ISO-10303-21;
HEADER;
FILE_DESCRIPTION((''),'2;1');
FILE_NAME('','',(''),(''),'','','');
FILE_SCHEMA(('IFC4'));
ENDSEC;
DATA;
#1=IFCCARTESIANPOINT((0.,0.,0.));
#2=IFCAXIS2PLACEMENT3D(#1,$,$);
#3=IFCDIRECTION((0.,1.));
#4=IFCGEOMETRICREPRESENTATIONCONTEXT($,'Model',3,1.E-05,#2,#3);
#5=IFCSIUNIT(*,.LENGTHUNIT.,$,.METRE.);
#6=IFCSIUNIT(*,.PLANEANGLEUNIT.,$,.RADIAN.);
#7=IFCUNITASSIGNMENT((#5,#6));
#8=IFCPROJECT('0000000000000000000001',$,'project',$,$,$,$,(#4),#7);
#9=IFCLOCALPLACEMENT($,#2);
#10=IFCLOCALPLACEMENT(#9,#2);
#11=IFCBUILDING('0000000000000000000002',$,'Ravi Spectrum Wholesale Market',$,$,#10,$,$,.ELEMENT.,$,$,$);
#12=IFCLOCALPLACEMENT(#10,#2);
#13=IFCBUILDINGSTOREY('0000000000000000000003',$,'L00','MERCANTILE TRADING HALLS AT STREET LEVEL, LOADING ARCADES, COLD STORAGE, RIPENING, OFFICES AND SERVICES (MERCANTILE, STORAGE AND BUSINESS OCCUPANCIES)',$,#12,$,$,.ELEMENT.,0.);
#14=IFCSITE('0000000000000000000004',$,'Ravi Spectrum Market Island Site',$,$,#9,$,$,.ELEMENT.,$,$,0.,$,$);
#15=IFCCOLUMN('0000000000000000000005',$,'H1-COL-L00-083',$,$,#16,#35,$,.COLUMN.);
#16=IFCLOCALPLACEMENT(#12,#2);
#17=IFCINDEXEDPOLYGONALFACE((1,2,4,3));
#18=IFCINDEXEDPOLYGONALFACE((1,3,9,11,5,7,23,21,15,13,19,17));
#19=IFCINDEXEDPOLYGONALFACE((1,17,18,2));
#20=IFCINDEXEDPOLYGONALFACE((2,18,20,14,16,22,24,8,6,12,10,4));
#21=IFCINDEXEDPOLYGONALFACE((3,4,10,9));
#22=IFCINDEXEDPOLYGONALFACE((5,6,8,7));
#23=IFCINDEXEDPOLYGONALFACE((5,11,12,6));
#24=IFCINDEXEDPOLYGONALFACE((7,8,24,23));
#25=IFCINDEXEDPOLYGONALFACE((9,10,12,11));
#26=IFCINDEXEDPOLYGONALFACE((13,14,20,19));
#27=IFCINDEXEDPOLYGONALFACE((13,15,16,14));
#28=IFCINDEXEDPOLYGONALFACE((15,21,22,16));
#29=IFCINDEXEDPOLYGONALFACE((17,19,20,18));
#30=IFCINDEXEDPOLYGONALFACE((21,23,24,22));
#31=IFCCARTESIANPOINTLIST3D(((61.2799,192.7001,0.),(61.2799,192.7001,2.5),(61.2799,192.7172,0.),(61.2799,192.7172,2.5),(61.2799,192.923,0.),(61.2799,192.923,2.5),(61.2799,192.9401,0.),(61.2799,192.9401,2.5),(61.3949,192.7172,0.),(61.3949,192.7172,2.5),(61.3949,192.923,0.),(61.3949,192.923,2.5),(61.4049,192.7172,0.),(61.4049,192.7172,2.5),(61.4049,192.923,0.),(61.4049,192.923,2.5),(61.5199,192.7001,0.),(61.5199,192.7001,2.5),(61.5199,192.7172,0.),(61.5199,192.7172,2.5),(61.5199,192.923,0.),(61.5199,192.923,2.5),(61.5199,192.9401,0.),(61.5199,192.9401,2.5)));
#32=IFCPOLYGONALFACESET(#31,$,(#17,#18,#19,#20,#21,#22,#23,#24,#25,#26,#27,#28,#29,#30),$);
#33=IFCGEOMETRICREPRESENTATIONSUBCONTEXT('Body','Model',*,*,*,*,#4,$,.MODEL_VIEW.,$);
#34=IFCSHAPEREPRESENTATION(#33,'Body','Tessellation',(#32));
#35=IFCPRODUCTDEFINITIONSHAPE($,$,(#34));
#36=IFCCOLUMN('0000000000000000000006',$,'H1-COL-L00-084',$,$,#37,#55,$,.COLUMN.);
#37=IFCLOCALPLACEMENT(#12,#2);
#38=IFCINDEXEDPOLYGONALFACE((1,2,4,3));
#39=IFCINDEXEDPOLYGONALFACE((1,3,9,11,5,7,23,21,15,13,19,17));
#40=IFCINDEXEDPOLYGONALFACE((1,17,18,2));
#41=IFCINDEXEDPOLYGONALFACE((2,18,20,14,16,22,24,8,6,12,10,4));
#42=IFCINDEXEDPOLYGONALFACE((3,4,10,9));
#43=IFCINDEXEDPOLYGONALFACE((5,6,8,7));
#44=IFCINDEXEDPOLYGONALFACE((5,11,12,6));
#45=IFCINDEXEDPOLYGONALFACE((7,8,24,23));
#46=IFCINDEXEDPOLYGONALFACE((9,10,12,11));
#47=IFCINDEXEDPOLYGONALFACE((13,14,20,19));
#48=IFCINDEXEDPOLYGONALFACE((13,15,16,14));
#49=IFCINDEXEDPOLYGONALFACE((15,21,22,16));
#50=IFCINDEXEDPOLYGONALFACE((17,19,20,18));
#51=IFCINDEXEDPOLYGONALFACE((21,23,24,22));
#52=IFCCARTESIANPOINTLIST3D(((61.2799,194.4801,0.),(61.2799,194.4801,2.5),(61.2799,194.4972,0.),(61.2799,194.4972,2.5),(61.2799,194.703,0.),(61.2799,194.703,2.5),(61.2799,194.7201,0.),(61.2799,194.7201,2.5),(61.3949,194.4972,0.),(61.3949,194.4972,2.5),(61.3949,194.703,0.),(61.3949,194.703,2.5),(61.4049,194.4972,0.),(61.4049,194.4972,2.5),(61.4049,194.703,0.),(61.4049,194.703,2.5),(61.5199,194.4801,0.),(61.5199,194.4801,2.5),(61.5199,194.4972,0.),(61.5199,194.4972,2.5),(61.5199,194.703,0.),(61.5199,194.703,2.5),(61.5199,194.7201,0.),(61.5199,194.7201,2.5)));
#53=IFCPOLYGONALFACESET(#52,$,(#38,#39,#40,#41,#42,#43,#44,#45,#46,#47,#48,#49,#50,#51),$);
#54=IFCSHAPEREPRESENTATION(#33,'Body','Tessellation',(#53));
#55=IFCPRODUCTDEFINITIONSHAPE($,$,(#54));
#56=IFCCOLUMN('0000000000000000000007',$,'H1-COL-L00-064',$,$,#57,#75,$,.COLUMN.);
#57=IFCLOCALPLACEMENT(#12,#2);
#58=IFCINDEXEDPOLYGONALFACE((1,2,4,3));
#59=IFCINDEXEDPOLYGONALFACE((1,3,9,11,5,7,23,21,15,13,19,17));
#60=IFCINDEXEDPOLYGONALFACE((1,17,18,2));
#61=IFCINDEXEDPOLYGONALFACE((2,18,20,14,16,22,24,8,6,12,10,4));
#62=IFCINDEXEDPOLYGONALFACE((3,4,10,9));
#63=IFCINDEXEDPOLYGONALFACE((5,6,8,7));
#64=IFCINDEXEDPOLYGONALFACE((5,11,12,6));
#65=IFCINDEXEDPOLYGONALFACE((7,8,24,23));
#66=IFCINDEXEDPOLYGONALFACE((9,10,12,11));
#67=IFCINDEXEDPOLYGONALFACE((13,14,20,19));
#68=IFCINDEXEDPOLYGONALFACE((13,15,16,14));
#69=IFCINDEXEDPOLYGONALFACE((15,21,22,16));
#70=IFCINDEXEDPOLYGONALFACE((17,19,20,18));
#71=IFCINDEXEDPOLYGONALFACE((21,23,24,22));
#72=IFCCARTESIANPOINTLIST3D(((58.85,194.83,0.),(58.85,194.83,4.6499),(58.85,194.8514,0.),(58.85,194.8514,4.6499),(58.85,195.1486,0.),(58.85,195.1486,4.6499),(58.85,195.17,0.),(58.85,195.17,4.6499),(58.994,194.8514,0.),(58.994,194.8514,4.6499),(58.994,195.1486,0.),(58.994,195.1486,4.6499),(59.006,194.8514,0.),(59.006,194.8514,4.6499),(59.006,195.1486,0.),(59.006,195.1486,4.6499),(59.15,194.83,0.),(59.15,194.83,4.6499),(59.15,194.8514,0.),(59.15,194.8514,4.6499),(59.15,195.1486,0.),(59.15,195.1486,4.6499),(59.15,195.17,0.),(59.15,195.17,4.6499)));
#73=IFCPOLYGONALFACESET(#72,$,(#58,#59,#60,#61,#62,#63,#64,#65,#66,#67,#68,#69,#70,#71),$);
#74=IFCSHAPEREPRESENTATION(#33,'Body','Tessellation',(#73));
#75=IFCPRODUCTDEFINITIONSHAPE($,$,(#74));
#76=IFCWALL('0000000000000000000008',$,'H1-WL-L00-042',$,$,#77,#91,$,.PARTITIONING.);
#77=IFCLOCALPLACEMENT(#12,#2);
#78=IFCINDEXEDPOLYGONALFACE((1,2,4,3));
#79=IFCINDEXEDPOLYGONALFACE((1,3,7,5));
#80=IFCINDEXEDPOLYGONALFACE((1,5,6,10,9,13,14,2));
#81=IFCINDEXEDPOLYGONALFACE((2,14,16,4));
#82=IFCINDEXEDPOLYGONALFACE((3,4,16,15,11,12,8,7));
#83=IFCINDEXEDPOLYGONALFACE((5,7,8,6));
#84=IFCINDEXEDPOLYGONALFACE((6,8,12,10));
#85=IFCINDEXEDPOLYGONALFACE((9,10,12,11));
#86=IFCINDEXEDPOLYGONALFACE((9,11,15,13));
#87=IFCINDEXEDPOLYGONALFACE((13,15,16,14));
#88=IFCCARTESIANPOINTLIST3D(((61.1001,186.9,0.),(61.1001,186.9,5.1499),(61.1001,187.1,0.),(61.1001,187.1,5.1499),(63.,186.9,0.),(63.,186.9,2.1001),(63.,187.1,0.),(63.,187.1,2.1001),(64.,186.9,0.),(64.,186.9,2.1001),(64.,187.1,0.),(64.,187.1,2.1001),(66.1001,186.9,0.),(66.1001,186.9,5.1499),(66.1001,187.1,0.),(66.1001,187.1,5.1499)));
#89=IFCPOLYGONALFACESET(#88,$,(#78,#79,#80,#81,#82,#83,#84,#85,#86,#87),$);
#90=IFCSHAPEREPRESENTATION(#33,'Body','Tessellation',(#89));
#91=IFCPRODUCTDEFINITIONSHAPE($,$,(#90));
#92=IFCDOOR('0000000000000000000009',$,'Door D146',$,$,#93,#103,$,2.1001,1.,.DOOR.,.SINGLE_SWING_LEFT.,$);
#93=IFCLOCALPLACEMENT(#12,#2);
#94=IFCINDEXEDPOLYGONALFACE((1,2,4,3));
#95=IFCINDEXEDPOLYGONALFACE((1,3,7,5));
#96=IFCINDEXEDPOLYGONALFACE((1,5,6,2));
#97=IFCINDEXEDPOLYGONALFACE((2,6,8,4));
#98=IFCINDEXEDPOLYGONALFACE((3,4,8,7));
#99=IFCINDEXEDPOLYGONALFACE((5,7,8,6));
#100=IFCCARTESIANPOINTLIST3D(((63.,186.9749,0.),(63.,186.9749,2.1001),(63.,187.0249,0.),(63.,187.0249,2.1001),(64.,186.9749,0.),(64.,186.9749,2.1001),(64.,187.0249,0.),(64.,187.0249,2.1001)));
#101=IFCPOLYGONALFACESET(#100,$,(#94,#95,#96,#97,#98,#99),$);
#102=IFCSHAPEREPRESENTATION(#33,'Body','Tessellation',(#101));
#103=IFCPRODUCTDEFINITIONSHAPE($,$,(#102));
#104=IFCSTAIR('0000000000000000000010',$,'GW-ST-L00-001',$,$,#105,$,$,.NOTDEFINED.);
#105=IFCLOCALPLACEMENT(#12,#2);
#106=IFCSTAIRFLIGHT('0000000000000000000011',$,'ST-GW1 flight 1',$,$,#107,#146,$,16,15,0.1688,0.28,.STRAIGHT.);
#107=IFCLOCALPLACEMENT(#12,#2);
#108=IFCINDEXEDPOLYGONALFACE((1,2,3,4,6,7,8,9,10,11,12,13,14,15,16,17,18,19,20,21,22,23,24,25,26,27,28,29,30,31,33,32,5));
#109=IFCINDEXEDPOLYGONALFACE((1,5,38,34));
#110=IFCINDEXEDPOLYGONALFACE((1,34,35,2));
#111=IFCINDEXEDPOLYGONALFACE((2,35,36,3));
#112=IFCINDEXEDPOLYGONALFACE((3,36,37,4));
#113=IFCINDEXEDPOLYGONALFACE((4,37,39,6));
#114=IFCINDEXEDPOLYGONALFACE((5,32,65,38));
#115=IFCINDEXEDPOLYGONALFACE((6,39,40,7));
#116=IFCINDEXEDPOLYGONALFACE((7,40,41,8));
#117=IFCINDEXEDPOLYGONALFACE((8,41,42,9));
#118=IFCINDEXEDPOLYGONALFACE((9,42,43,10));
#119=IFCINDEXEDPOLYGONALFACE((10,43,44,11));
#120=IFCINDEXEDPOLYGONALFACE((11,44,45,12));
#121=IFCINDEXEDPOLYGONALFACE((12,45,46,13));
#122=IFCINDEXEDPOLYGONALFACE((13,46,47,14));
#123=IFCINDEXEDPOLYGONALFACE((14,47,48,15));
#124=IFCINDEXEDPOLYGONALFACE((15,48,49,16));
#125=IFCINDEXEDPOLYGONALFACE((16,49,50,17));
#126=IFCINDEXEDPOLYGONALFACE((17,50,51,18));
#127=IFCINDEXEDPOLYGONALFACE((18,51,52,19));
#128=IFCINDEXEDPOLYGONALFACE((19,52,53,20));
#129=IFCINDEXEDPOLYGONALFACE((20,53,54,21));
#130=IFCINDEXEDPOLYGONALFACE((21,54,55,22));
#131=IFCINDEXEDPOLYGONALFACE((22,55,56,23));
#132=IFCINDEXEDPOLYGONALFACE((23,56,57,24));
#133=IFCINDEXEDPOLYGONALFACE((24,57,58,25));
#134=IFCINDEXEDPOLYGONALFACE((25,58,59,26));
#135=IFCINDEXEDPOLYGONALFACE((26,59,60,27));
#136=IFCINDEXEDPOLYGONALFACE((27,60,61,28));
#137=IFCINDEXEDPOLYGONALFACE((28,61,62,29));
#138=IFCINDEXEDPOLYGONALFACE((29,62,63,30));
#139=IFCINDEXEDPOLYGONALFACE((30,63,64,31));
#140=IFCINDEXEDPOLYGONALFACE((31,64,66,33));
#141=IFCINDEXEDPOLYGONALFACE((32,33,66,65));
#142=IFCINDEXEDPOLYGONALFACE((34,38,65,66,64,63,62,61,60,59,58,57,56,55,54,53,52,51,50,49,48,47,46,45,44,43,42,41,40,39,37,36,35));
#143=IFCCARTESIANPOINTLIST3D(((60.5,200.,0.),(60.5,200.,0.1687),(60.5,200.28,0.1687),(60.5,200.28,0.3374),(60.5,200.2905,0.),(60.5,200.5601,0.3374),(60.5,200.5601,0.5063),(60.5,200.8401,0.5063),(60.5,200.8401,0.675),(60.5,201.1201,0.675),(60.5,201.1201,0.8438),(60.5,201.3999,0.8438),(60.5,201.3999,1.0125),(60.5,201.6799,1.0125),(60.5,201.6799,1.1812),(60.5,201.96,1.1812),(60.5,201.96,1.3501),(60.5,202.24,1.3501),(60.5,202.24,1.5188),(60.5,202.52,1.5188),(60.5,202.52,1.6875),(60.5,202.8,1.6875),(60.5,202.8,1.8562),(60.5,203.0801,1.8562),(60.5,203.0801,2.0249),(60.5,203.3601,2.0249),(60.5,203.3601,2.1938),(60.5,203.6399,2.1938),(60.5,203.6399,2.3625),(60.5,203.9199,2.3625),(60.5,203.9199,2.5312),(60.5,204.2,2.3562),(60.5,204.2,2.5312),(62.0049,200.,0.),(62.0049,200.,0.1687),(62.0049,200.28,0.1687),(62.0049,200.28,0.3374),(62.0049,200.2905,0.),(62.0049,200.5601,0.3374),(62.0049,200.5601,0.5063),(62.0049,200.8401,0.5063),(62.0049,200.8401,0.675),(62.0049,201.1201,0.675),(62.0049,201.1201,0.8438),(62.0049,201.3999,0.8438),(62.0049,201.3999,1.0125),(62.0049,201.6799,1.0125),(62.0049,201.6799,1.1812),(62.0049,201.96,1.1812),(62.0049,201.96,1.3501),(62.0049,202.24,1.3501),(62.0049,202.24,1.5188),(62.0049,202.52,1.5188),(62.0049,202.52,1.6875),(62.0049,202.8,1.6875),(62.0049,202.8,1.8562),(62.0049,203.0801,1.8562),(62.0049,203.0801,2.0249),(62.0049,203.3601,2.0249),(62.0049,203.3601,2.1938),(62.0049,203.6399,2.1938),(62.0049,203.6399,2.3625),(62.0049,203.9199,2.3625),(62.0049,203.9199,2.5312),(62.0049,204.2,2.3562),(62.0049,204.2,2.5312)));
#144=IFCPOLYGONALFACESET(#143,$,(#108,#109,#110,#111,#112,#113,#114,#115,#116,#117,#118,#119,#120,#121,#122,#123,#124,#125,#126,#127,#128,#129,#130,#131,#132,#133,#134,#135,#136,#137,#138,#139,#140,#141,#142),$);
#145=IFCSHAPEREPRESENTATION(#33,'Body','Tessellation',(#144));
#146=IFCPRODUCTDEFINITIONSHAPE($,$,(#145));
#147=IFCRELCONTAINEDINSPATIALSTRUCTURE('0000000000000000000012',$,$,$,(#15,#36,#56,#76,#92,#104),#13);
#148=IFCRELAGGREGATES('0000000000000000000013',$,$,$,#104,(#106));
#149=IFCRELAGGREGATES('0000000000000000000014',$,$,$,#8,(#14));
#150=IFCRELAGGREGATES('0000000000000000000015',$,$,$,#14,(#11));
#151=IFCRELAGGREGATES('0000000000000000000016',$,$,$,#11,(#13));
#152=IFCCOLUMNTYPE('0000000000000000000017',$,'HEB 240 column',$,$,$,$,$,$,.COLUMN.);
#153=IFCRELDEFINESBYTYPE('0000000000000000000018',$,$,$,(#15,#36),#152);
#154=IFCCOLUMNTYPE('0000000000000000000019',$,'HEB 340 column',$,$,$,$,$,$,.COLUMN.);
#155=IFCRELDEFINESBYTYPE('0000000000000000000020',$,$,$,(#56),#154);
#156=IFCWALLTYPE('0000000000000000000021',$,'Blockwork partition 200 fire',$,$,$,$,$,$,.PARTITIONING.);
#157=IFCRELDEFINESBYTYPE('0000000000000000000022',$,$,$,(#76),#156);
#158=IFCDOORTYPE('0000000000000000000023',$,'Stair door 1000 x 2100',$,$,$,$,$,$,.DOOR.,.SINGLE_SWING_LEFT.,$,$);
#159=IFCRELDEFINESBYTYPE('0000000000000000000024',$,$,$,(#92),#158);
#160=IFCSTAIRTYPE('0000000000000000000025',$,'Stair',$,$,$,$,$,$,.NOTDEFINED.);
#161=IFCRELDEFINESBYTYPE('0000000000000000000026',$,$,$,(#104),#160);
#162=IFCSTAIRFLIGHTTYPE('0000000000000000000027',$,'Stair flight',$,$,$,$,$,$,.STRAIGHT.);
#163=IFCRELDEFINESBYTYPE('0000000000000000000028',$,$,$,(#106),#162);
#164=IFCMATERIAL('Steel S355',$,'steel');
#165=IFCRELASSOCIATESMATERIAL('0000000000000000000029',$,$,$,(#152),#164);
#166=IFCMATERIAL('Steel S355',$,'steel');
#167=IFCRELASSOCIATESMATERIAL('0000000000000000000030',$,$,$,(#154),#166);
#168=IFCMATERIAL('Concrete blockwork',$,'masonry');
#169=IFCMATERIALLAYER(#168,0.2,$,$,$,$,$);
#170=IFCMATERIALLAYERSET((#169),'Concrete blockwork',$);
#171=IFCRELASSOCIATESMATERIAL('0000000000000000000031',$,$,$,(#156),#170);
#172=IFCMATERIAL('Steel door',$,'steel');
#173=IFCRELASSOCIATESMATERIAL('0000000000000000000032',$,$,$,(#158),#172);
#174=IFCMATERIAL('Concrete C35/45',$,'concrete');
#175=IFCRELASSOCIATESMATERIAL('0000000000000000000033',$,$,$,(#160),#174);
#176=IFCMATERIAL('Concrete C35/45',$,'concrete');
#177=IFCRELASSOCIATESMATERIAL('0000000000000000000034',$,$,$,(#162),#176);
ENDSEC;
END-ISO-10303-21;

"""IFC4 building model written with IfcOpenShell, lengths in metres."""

from ifc_helpers import new_model, si_unit, direction, frame, frame_2d, origin, origin_2d, place, context, subcontext, project, spatial, polyline, rectangle, i_section, outline, extrude, material, layer, layer_set, material_profile, profile_set, type_object, element, fill, aggregate, save


model = new_model("IFC4")

# Units and contexts
model_context = context("Model", 3, precision=1e-05, world=origin(), true_north=direction((0.0, 1.0)))
body_context = subcontext(model_context, "Body", "Model", "MODEL_VIEW")
ifc_project = project(units=[si_unit("LENGTHUNIT", "METRE"), si_unit("PLANEANGLEUNIT", "RADIAN")], contexts=[model_context])

# Site, building, storey
site_placement = place(None, origin())
site = spatial("IfcSite", under=ifc_project, at=site_placement, Name="Ravi Spectrum Market Island Site", CompositionType="ELEMENT", RefElevation=0.0)
building_placement = place(site_placement, origin())
building = spatial("IfcBuilding", under=site, at=building_placement, Name="Ravi Spectrum Wholesale Market", CompositionType="ELEMENT")
storey_placement = place(building_placement, origin())
storey = spatial("IfcBuildingStorey", under=building, at=storey_placement, Name="L00", Description="MERCANTILE TRADING HALLS AT STREET LEVEL, LOADING ARCADES, COLD STORAGE, RIPENING, OFFICES AND SERVICES (MERCANTILE, STORAGE AND BUSINESS OCCUPANCIES)", CompositionType="ELEMENT", Elevation=0.0)

# Columns
ifc_material_1 = material(Name="Steel S355", Category="steel")
ifc_material_profile_1 = material_profile(ifc_material_1, i_section(OverallWidth=0.24, OverallDepth=0.24, WebThickness=0.01, FlangeThickness=0.0171, at=origin_2d()))
ifc_profile_set_1 = profile_set([ifc_material_profile_1], Name="Steel S355")
column_type_1 = type_object("IfcColumnType", Name="HEB 240 column", PredefinedType="COLUMN", material=ifc_profile_set_1)
for number, where, z_axis, x_axis, name in (
    (1, (61.3999, 192.8201, 0.0), (0.0, 0.0, 1.0), (1.0, 0.0, 0.0), "H1-COL-L00-083"),
    (2, (61.3999, 194.6001, 0.0), (0.0, 0.0, 1.0), (1.0, 0.0, 0.0), "H1-COL-L00-084"),
):
    element("IfcColumn", number, at=place(storey_placement, frame(where, z_axis=z_axis, x_axis=x_axis)), inside=storey, type_object=column_type_1, Name=name, PredefinedType="COLUMN", context=body_context, shape_type="SweptSolid", body=[
        extrude(i_section(OverallWidth=0.24, OverallDepth=0.24, WebThickness=0.01, FlangeThickness=0.0171, at=origin_2d()), origin(), (0.0, 0.0, 1.0), 2.5),
    ])
ifc_material_2 = material(Name="Steel S355", Category="steel")
ifc_material_profile_2 = material_profile(ifc_material_2, i_section(OverallWidth=0.3, OverallDepth=0.3401, WebThickness=0.012, FlangeThickness=0.0215, at=origin_2d()))
ifc_profile_set_2 = profile_set([ifc_material_profile_2], Name="Steel S355")
column_type_2 = type_object("IfcColumnType", Name="HEB 340 column", PredefinedType="COLUMN", material=ifc_profile_set_2)
column_1_placement = place(storey_placement, frame((59.0, 195.0, 0.0), z_axis=(0.0, 0.0, 1.0), x_axis=(1.0, 0.0, 0.0)))
element("IfcColumn", 3, at=column_1_placement, inside=storey, type_object=column_type_2, Name="H1-COL-L00-064", PredefinedType="COLUMN", context=body_context, shape_type="SweptSolid", body=[
    extrude(i_section(OverallWidth=0.3, OverallDepth=0.3401, WebThickness=0.012, FlangeThickness=0.0215, at=origin_2d()), origin(), (0.0, 0.0, 1.0), 4.6499),
])

# Wall, opening, door
ifc_material_3 = material(Name="Concrete blockwork", Category="masonry")
ifc_layer = layer(ifc_material_3, 0.2)
ifc_layer_set = layer_set([ifc_layer], Name="Concrete blockwork")
wall_type = type_object("IfcWallType", Name="Blockwork partition 200 fire", PredefinedType="PARTITIONING", material=ifc_layer_set)
wall_placement = place(storey_placement, frame((61.1001, 187.0, 0.0), z_axis=(0.0, 0.0, 1.0), x_axis=(1.0, 0.0, 0.0)))
wall = element("IfcWall", 4, at=wall_placement, inside=storey, type_object=wall_type, Name="H1-WL-L00-042", PredefinedType="PARTITIONING", context=body_context, shape_type="SweptSolid", body=[
    extrude(rectangle(XDim=5.0, YDim=0.2, at=frame_2d((2.5, 0.0))), origin(), (0.0, 0.0, 1.0), 5.1499),
])
opening_placement = place(wall_placement, frame((1.8999, 0.0, 0.0)))
opening = element("IfcOpeningElement", 5, at=opening_placement, cuts=wall, PredefinedType="OPENING", context=body_context, shape_type="SweptSolid", body=[
    extrude(rectangle(XDim=1.0, YDim=2.1001, at=frame_2d((0.5, 1.05))), frame((0.0, 0.1099, 0.0), z_axis=(0.0, -1.0, 0.0), x_axis=(1.0, 0.0, 0.0)), (0.0, 0.0, 1.0), 0.22),
])
ifc_material_4 = material(Name="Steel door", Category="steel")
door_type = type_object("IfcDoorType", Name="Stair door 1000 x 2100", OperationType="SINGLE_SWING_LEFT", PredefinedType="DOOR", material=ifc_material_4)
door_placement = place(opening_placement, origin())
door = element("IfcDoor", 6, at=door_placement, inside=storey, type_object=door_type, Name="Door D146", OperationType="SINGLE_SWING_LEFT", OverallHeight=2.1001, OverallWidth=1.0, PredefinedType="DOOR", context=body_context, shape_type="SweptSolid", body=[
    extrude(rectangle(XDim=1.0, YDim=2.1001, at=frame_2d((0.5, 1.05))), frame((0.0, 0.0249, 0.0), z_axis=(0.0, -1.0, 0.0), x_axis=(1.0, 0.0, 0.0)), (0.0, 0.0, 1.0), 0.05),
])
fill(opening, door)

# Stair, stair flight
ifc_material_5 = material(Name="Concrete C35/45", Category="concrete")
stair_type = type_object("IfcStairType", Name="Stair", PredefinedType="NOTDEFINED", material=ifc_material_5)
stair_1_placement = place(storey_placement, origin())
stair_1 = element("IfcStair", 7, at=stair_1_placement, inside=storey, type_object=stair_type, Name="GW-ST-L00-001", PredefinedType="NOTDEFINED")
ifc_material_6 = material(Name="Concrete C35/45", Category="concrete")
stair_flight_type = type_object("IfcStairFlightType", Name="Stair flight", PredefinedType="STRAIGHT", material=ifc_material_6)
stair_flight_1_placement = place(storey_placement, frame((61.2524, 200.0, 0.0), z_axis=(0.0, 0.0, 1.0), x_axis=(0.0, 1.0, 0.0)))
stair_flight_1 = element("IfcStairFlight", 8, at=stair_flight_1_placement, type_object=stair_flight_type, Name="ST-GW1 flight 1", NumberOfRisers=16, NumberOfTreads=15, PredefinedType="STRAIGHT", RiserHeight=0.1688, TreadLength=0.28, context=body_context, shape_type="SweptSolid", body=[
    extrude(outline(polyline([(0.0, 0.0), (0.0, 0.1687), (0.28, 0.1687), (0.28, 0.3374), (0.5601, 0.3374), (0.5601, 0.5063), (0.8401, 0.5063), (0.8401, 0.675), (1.1201, 0.675), (1.1201, 0.8438), (1.3999, 0.8438), (1.3999, 1.0125), (1.6799, 1.0125), (1.6799, 1.1812), (1.96, 1.1812), (1.96, 1.3501), (2.24, 1.3501), (2.24, 1.5188), (2.52, 1.5188), (2.52, 1.6875), (2.8, 1.6875), (2.8, 1.8562), (3.0801, 1.8562), (3.0801, 2.0249), (3.3601, 2.0249), (3.3601, 2.1938), (3.6399, 2.1938), (3.6399, 2.3625), (3.9199, 2.3625), (3.9199, 2.5312), (4.2, 2.5312), (4.2, 2.7), (4.2, 2.3562), (0.2905, 0.0), (0.0, 0.0)])), frame((0.0, 0.7524, 0.0), z_axis=(0.0, -1.0, 0.0), x_axis=(1.0, 0.0, 0.0)), (0.0, 0.0, 1.0), 1.5049),
])
aggregate(stair_1, [stair_flight_1])

save(model, "model.ifc")
